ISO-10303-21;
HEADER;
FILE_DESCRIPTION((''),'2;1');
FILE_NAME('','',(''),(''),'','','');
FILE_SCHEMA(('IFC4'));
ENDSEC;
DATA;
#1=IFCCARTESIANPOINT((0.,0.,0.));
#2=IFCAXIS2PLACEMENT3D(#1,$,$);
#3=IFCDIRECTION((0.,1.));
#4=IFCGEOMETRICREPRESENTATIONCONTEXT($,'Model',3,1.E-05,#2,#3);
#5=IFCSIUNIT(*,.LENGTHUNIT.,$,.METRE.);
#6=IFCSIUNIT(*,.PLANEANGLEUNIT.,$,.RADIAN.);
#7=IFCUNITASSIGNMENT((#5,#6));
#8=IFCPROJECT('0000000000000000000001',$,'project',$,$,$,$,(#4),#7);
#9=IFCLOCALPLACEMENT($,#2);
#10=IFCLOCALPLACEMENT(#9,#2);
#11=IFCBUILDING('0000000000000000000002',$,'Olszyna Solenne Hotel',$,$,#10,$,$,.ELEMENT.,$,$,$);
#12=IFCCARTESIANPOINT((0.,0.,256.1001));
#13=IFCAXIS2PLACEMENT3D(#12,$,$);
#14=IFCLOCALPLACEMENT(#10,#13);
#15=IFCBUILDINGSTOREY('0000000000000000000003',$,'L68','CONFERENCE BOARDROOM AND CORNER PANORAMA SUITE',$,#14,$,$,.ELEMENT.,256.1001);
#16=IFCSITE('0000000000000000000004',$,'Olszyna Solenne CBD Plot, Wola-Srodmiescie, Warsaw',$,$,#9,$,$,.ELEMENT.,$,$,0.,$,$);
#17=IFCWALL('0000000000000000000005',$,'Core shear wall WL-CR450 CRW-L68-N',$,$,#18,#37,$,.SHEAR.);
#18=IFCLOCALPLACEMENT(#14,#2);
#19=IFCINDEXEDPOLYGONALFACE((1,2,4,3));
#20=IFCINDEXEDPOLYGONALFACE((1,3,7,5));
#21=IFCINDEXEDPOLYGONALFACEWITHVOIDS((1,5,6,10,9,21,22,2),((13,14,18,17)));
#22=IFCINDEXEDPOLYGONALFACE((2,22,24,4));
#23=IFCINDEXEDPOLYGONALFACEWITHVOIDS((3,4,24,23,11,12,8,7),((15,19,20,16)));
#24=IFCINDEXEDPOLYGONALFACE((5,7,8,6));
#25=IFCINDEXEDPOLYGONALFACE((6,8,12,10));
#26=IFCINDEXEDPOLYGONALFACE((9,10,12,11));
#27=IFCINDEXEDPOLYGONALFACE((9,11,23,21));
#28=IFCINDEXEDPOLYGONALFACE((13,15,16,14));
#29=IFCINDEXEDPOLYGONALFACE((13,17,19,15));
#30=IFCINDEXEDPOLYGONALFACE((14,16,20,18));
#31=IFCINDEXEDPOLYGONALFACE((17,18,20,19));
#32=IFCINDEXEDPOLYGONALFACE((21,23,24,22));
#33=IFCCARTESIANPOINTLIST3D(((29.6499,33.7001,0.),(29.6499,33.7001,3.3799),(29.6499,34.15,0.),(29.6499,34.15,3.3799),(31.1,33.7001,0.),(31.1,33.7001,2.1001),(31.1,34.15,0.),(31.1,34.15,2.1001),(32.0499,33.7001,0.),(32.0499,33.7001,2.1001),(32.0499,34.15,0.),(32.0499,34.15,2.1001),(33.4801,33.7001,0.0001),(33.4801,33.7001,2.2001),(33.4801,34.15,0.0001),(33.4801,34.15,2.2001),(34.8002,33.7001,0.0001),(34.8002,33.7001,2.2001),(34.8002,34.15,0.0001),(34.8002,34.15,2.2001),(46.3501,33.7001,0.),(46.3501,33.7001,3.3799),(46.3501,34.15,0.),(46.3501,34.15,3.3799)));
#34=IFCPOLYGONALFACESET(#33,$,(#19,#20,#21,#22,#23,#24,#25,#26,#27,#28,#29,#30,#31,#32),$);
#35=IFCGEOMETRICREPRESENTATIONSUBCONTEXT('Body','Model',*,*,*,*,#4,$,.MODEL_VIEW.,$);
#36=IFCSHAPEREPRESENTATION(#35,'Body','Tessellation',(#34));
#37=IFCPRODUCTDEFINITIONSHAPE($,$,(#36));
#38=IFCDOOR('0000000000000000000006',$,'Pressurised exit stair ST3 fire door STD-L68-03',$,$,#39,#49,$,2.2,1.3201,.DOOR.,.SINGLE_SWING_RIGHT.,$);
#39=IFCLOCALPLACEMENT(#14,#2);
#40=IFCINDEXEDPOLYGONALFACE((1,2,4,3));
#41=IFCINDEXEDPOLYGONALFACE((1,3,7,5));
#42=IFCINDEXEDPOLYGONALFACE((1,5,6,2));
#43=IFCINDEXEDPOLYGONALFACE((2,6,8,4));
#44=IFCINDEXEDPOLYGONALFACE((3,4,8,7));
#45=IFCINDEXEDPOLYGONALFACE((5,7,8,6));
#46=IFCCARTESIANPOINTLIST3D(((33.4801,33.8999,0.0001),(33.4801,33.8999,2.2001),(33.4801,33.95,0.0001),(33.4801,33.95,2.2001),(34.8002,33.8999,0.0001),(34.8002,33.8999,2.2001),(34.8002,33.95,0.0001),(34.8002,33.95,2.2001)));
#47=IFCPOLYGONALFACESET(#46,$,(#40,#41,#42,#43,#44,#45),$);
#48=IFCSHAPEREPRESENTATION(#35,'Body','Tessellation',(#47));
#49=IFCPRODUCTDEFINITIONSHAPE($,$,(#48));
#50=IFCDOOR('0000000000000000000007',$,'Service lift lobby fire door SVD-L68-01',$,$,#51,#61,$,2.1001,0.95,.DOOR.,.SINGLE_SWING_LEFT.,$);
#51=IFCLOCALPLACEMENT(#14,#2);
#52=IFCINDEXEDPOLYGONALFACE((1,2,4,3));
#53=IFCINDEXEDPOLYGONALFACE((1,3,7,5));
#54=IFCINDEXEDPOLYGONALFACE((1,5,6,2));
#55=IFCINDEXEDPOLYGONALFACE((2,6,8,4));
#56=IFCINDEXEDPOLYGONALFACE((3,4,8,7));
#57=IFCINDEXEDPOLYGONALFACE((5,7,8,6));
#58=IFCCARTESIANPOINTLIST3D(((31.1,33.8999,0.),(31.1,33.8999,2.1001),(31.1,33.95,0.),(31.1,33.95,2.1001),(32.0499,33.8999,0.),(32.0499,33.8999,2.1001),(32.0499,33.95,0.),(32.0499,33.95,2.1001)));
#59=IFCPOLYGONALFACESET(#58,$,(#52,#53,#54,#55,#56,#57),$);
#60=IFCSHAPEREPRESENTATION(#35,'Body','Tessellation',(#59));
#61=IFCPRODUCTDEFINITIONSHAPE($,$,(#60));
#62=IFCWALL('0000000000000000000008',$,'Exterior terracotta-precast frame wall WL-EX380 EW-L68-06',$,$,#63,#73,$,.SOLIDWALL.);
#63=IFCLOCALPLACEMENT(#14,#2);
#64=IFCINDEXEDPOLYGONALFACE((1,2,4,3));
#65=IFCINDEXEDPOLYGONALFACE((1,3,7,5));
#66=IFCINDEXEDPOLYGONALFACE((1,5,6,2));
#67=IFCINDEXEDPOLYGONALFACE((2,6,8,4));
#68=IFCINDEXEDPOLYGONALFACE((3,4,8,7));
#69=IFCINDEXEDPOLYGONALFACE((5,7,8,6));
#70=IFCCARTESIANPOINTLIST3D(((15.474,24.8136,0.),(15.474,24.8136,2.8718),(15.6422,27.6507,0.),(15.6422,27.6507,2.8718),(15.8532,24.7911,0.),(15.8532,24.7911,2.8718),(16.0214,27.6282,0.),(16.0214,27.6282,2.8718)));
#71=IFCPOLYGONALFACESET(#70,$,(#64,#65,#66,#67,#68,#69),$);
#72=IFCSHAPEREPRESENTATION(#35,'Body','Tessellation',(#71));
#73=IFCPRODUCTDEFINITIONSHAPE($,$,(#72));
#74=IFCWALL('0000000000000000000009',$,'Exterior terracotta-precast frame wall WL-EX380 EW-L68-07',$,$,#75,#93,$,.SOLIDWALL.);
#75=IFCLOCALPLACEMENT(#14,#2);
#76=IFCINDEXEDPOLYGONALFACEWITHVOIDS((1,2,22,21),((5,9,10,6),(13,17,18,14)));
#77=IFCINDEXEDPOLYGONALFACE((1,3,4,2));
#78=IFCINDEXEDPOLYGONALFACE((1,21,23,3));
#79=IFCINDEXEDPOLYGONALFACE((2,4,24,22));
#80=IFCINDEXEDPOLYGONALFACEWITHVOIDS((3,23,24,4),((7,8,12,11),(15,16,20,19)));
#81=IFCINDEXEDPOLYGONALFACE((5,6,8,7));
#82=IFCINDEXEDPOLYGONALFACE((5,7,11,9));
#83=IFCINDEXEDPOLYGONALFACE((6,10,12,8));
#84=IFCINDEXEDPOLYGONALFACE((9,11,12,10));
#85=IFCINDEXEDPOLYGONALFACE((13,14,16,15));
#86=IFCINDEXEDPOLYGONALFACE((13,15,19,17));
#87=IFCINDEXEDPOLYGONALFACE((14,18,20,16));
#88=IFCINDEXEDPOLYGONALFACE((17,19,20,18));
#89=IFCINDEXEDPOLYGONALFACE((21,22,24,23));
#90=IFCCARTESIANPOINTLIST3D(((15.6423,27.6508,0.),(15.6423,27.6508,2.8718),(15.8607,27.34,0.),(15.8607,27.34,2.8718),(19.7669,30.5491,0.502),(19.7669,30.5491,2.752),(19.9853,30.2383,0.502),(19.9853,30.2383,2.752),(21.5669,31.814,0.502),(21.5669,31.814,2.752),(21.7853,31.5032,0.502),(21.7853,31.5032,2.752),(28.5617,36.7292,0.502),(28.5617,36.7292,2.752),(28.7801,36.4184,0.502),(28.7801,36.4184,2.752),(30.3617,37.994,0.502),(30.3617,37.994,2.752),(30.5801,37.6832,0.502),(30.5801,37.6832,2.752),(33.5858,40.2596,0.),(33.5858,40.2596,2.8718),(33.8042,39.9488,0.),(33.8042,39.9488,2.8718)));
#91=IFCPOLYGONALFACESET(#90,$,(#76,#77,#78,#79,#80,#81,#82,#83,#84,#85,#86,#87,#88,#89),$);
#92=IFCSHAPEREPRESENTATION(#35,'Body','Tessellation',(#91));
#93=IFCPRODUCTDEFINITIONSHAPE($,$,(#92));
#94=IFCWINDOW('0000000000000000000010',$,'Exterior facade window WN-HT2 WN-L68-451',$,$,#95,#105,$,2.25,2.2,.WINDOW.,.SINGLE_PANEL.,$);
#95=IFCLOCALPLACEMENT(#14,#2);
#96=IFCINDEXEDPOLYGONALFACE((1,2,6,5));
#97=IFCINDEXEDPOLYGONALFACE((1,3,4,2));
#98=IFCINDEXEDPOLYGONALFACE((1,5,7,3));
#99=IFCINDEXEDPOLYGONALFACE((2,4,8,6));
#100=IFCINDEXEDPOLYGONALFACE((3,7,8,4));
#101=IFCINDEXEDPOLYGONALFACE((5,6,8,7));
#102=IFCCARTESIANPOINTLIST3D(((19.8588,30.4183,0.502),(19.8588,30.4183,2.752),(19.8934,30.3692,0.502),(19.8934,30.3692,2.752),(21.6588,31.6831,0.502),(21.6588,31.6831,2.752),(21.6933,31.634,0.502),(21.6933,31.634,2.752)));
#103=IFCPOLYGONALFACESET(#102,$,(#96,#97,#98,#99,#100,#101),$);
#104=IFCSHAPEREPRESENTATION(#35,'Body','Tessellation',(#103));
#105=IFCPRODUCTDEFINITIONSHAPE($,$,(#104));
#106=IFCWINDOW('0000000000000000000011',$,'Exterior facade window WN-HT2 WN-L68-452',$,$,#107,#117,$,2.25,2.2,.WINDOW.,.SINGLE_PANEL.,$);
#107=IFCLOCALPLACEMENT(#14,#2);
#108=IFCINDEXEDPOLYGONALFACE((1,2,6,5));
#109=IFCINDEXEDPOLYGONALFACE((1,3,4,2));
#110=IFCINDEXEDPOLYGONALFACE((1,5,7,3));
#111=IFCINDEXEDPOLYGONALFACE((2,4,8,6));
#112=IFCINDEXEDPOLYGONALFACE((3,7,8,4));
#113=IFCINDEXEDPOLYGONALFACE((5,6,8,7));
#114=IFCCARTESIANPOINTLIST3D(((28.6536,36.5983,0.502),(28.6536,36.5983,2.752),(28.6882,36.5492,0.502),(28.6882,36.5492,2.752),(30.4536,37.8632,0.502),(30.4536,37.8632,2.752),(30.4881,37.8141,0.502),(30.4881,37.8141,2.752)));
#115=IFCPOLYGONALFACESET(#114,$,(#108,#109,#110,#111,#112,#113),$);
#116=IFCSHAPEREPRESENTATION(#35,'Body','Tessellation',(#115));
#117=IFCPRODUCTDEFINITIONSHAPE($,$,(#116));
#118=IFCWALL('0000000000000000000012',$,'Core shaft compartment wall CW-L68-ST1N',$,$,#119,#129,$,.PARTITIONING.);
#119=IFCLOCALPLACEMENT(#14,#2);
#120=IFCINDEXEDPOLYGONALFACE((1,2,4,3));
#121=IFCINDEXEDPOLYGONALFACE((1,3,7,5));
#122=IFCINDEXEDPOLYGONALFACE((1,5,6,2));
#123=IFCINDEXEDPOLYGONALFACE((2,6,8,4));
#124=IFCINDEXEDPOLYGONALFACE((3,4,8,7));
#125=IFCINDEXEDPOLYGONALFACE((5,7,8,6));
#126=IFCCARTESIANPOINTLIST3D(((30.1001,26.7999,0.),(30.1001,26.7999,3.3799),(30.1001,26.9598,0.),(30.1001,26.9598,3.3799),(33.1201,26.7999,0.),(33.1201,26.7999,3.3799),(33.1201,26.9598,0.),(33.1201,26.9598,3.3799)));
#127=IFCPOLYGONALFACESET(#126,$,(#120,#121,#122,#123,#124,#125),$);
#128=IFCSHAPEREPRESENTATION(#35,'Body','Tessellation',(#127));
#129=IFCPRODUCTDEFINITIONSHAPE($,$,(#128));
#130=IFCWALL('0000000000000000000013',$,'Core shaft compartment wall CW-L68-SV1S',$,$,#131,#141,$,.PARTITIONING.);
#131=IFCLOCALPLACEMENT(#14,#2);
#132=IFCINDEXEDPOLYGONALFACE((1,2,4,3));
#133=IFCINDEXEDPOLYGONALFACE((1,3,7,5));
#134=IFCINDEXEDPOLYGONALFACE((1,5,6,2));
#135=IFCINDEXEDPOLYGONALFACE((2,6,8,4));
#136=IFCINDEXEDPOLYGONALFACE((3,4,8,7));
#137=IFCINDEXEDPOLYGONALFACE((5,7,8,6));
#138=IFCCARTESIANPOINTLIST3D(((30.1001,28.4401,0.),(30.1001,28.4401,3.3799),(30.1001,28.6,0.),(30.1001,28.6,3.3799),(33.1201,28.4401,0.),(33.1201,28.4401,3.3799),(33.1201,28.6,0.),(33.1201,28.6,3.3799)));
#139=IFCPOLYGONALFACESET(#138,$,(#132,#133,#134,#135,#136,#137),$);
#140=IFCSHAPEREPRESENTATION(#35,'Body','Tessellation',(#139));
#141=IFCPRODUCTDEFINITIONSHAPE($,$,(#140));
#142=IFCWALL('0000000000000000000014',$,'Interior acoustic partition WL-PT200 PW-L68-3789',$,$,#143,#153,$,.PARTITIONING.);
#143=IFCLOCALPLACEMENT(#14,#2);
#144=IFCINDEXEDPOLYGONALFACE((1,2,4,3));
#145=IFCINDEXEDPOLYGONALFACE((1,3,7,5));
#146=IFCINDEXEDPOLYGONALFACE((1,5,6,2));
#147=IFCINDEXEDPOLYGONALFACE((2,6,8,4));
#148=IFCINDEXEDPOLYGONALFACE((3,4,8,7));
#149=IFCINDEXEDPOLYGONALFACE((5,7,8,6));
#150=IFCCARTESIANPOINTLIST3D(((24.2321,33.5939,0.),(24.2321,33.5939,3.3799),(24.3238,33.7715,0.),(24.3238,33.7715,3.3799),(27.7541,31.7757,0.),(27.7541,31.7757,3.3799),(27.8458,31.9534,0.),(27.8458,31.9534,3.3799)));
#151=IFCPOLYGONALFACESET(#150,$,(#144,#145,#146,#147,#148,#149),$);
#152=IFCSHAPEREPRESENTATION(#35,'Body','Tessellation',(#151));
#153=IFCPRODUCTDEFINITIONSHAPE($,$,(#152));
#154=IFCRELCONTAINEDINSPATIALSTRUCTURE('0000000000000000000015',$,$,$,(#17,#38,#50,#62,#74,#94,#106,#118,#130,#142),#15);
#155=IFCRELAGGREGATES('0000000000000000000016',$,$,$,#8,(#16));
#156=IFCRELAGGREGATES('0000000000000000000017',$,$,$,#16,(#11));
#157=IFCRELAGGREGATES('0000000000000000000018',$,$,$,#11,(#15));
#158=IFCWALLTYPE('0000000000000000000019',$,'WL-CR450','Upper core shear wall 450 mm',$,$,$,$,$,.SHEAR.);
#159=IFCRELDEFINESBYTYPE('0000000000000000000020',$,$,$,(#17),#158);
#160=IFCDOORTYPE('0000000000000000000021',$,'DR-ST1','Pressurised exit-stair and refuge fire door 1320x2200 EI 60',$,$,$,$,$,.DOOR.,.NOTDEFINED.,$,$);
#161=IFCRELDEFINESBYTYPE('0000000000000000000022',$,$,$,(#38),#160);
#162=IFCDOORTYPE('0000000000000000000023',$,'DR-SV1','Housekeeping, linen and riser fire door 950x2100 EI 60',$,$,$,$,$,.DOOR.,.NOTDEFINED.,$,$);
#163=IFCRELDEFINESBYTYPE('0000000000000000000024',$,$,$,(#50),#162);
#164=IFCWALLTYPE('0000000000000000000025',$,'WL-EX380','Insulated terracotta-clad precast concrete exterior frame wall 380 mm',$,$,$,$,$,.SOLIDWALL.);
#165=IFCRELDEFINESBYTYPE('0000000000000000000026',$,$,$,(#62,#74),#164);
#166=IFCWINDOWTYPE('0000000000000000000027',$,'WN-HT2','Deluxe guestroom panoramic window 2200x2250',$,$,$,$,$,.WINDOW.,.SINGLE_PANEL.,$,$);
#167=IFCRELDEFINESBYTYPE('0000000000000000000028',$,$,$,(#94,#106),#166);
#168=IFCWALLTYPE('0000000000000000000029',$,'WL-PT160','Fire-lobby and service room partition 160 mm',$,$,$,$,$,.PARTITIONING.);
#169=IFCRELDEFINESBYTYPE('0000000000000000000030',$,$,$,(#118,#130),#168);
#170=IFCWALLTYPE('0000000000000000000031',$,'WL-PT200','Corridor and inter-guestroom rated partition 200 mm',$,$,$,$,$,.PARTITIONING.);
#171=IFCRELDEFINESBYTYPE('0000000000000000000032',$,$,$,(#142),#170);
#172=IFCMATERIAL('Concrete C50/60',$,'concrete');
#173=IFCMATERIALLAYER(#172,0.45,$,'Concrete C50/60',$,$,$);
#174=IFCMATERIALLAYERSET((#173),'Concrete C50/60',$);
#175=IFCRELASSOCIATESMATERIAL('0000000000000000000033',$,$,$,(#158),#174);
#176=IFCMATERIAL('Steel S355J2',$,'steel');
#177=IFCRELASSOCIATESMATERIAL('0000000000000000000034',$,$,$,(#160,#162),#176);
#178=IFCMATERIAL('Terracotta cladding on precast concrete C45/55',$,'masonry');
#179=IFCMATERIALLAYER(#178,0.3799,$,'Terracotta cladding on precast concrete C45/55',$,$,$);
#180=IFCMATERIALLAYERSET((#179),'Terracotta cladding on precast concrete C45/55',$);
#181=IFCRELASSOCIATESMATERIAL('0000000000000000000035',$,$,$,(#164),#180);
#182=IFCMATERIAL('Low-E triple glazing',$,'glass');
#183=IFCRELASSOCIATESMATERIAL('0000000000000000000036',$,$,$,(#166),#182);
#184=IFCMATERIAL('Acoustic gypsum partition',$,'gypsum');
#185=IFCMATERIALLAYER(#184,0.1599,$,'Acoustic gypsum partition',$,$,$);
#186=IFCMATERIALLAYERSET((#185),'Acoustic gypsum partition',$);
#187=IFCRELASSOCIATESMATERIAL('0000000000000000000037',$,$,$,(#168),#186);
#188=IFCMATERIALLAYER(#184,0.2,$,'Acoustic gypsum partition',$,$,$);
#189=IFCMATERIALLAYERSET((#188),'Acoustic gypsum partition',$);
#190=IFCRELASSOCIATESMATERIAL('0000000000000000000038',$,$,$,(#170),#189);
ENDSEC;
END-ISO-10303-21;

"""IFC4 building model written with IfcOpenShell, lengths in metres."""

from ifc_helpers import new_model, si_unit, direction, frame, frame_2d, origin, place, context, subcontext, project, spatial, rectangle, extrude, source, transform, mapped, material, layer, layer_set, type_object, type_shapes, element, fill, save


model = new_model("IFC4")

# Units and contexts
model_context = context("Model", 3, precision=1e-05, world=origin(), true_north=direction((0.0, 1.0)))
body_context = subcontext(model_context, "Body", "Model", "MODEL_VIEW")
ifc_project = project(units=[si_unit("LENGTHUNIT", "METRE"), si_unit("PLANEANGLEUNIT", "RADIAN")], contexts=[model_context])

# Site, building, storey
site_placement = place(None, origin())
site = spatial("IfcSite", under=ifc_project, at=site_placement, Name="Olszyna Solenne CBD Plot, Wola-Srodmiescie, Warsaw", CompositionType="ELEMENT", RefElevation=0.0)
building_placement = place(site_placement, origin())
building = spatial("IfcBuilding", under=site, at=building_placement, Name="Olszyna Solenne Hotel", CompositionType="ELEMENT")
storey_placement = place(building_placement, frame((0.0, 0.0, 256.1001)))
storey = spatial("IfcBuildingStorey", under=building, at=storey_placement, Name="L68", Description="CONFERENCE BOARDROOM AND CORNER PANORAMA SUITE", CompositionType="ELEMENT", Elevation=256.1001)

# Shared definitions
ifc_material_1 = material(Name="Steel S355J2", Category="steel")

# Wall, openings, doors
ifc_material_2 = material(Name="Concrete C50/60", Category="concrete")
ifc_layer_1 = layer(ifc_material_2, 0.45, Name="Concrete C50/60")
ifc_layer_set_1 = layer_set([ifc_layer_1], Name="Concrete C50/60")
wall_type_1 = type_object("IfcWallType", Name="WL-CR450", Description="Upper core shear wall 450 mm", PredefinedType="SHEAR", material=ifc_layer_set_1)
wall_1_placement = place(storey_placement, frame((29.6499, 33.925, 0.0), z_axis=(0.0, 0.0, 1.0), x_axis=(1.0, 0.0, 0.0)))
wall_1 = element("IfcWall", 1, at=wall_1_placement, inside=storey, type_object=wall_type_1, Name="Core shear wall WL-CR450 CRW-L68-N", PredefinedType="SHEAR", context=body_context, shape_type="SweptSolid", body=[
    extrude(rectangle(XDim=16.7002, YDim=0.45, at=frame_2d((8.3501, 0.0))), origin(), (0.0, 0.0, 1.0), 3.3799),
])
opening_1_placement = place(wall_1_placement, frame((1.45, 0.0, 0.0)))
opening_1 = element("IfcOpeningElement", 2, at=opening_1_placement, cuts=wall_1, PredefinedType="OPENING", context=body_context, shape_type="SweptSolid", body=[
    extrude(rectangle(XDim=0.95, YDim=2.1001, at=frame_2d((0.4751, 1.05))), frame((0.0, 0.2349, 0.0), z_axis=(0.0, -1.0, 0.0), x_axis=(1.0, 0.0, 0.0)), (0.0, 0.0, 1.0), 0.47),
])
opening_2_placement = place(wall_1_placement, frame((3.8301, 0.0, 0.0)))
opening_2 = element("IfcOpeningElement", 3, at=opening_2_placement, cuts=wall_1, PredefinedType="OPENING", context=body_context, shape_type="SweptSolid", body=[
    extrude(rectangle(XDim=1.3201, YDim=2.2, at=frame_2d((0.6602, 1.1001))), frame((0.0, 0.2349, 0.0), z_axis=(0.0, -1.0, 0.0), x_axis=(1.0, 0.0, 0.0)), (0.0, 0.0, 1.0), 0.47),
])
door_type_1 = type_object("IfcDoorType", Name="DR-ST1", Description="Pressurised exit-stair and refuge fire door 1320x2200 EI 60", OperationType="NOTDEFINED", PredefinedType="DOOR", material=ifc_material_1)
shared_shape_1 = source(origin(), body_context, "Body", "SweptSolid", [
    extrude(rectangle(XDim=1.3201, YDim=2.2, at=frame_2d((0.6602, 1.1001))), frame((0.0, 0.0249, 0.0), z_axis=(0.0, -1.0, 0.0), x_axis=(1.0, 0.0, 0.0)), (0.0, 0.0, 1.0), 0.05),
])
type_shapes(door_type_1, [shared_shape_1])
door_1_placement = place(opening_2_placement, origin())
door_1 = element("IfcDoor", 4, at=door_1_placement, inside=storey, type_object=door_type_1, Name="Pressurised exit stair ST3 fire door STD-L68-03", OperationType="SINGLE_SWING_RIGHT", OverallHeight=2.2, OverallWidth=1.3201, PredefinedType="DOOR", context=body_context, shape_type="MappedRepresentation", body=[
    mapped(shared_shape_1, transform((0.0, 0.0, 0.0), x_axis=(1.0, 0.0, 0.0), y_axis=(0.0, 1.0, 0.0), z_axis=(0.0, 0.0, 1.0), scale=1.0)),
])
fill(opening_2, door_1)
door_type_2 = type_object("IfcDoorType", Name="DR-SV1", Description="Housekeeping, linen and riser fire door 950x2100 EI 60", OperationType="NOTDEFINED", PredefinedType="DOOR", material=ifc_material_1)
shared_shape_2 = source(origin(), body_context, "Body", "SweptSolid", [
    extrude(rectangle(XDim=0.95, YDim=2.1001, at=frame_2d((0.4751, 1.05))), frame((0.0, 0.0249, 0.0), z_axis=(0.0, -1.0, 0.0), x_axis=(1.0, 0.0, 0.0)), (0.0, 0.0, 1.0), 0.05),
])
type_shapes(door_type_2, [shared_shape_2])
door_2_placement = place(opening_1_placement, origin())
door_2 = element("IfcDoor", 5, at=door_2_placement, inside=storey, type_object=door_type_2, Name="Service lift lobby fire door SVD-L68-01", OperationType="SINGLE_SWING_LEFT", OverallHeight=2.1001, OverallWidth=0.95, PredefinedType="DOOR", context=body_context, shape_type="MappedRepresentation", body=[
    mapped(shared_shape_2, transform((0.0, 0.0, 0.0), x_axis=(1.0, 0.0, 0.0), y_axis=(0.0, 1.0, 0.0), z_axis=(0.0, 0.0, 1.0), scale=1.0)),
])
fill(opening_1, door_2)

# Wall
ifc_material_3 = material(Name="Terracotta cladding on precast concrete C45/55", Category="masonry")
ifc_layer_2 = layer(ifc_material_3, 0.3799, Name="Terracotta cladding on precast concrete C45/55")
ifc_layer_set_2 = layer_set([ifc_layer_2], Name="Terracotta cladding on precast concrete C45/55")
wall_type_2 = type_object("IfcWallType", Name="WL-EX380", Description="Insulated terracotta-clad precast concrete exterior frame wall 380 mm", PredefinedType="SOLIDWALL", material=ifc_layer_set_2)
wall_2_placement = place(storey_placement, frame((15.6636, 24.8025, 0.0), z_axis=(0.0, 0.0, 1.0), x_axis=(0.059185, 0.998247, 0.0)))
element("IfcWall", 6, at=wall_2_placement, inside=storey, type_object=wall_type_2, Name="Exterior terracotta-precast frame wall WL-EX380 EW-L68-06", PredefinedType="SOLIDWALL", context=body_context, shape_type="SweptSolid", body=[
    extrude(rectangle(XDim=2.842, YDim=0.3799, at=frame_2d((1.4209, 0.0))), origin(), (0.0, 0.0, 1.0), 2.8718),
])

# Wall, openings, windows
wall_3_placement = place(storey_placement, frame((15.7515, 27.4954, 0.0), z_axis=(0.0, 0.0, 1.0), x_axis=(0.818195, 0.574941, 0.0)))
wall_3 = element("IfcWall", 7, at=wall_3_placement, inside=storey, type_object=wall_type_2, Name="Exterior terracotta-precast frame wall WL-EX380 EW-L68-07", PredefinedType="SOLIDWALL", context=body_context, shape_type="SweptSolid", body=[
    extrude(rectangle(XDim=21.9307, YDim=0.3799, at=frame_2d((10.9653, 0.0))), origin(), (0.0, 0.0, 1.0), 2.8718),
])
opening_3_placement = place(wall_3_placement, frame((5.041, 0.0, 0.502)))
opening_3 = element("IfcOpeningElement", 8, at=opening_3_placement, cuts=wall_3, PredefinedType="OPENING", context=body_context, shape_type="SweptSolid", body=[
    extrude(rectangle(XDim=2.2, YDim=2.25, at=frame_2d((1.1001, 1.125))), frame((0.0, 0.2, 0.0), z_axis=(0.0, -1.0, 0.0), x_axis=(1.0, 0.0, 0.0)), (0.0, 0.0, 1.0), 0.3999),
])
opening_4_placement = place(wall_3_placement, frame((15.79, 0.0, 0.502)))
opening_4 = element("IfcOpeningElement", 9, at=opening_4_placement, cuts=wall_3, PredefinedType="OPENING", context=body_context, shape_type="SweptSolid", body=[
    extrude(rectangle(XDim=2.2, YDim=2.25, at=frame_2d((1.1001, 1.125))), frame((0.0, 0.2, 0.0), z_axis=(0.0, -1.0, 0.0), x_axis=(1.0, 0.0, 0.0)), (0.0, 0.0, 1.0), 0.3999),
])
ifc_material_4 = material(Name="Low-E triple glazing", Category="glass")
window_type = type_object("IfcWindowType", Name="WN-HT2", Description="Deluxe guestroom panoramic window 2200x2250", PartitioningType="SINGLE_PANEL", PredefinedType="WINDOW", material=ifc_material_4)
shared_shape_3 = source(origin(), body_context, "Body", "SweptSolid", [
    extrude(rectangle(XDim=2.2, YDim=2.25, at=frame_2d((1.1001, 1.125))), frame((0.0, 0.03, 0.0), z_axis=(0.0, -1.0, 0.0), x_axis=(1.0, 0.0, 0.0)), (0.0, 0.0, 1.0), 0.0601),
])
type_shapes(window_type, [shared_shape_3])
window_1_placement = place(opening_3_placement, origin())
window_1 = element("IfcWindow", 10, at=window_1_placement, inside=storey, type_object=window_type, Name="Exterior facade window WN-HT2 WN-L68-451", OverallHeight=2.25, OverallWidth=2.2, PartitioningType="SINGLE_PANEL", PredefinedType="WINDOW", context=body_context, shape_type="MappedRepresentation", body=[
    mapped(shared_shape_3, transform((0.0, 0.0, 0.0), x_axis=(1.0, 0.0, 0.0), y_axis=(0.0, 1.0, 0.0), z_axis=(0.0, 0.0, 1.0), scale=1.0)),
])
fill(opening_3, window_1)
window_2_placement = place(opening_4_placement, origin())
window_2 = element("IfcWindow", 11, at=window_2_placement, inside=storey, type_object=window_type, Name="Exterior facade window WN-HT2 WN-L68-452", OverallHeight=2.25, OverallWidth=2.2, PartitioningType="SINGLE_PANEL", PredefinedType="WINDOW", context=body_context, shape_type="MappedRepresentation", body=[
    mapped(shared_shape_3, transform((0.0, 0.0, 0.0), x_axis=(1.0, 0.0, 0.0), y_axis=(0.0, 1.0, 0.0), z_axis=(0.0, 0.0, 1.0), scale=1.0)),
])
fill(opening_4, window_2)

# Walls
ifc_material_5 = material(Name="Acoustic gypsum partition", Category="gypsum")
ifc_layer_3 = layer(ifc_material_5, 0.1599, Name="Acoustic gypsum partition")
ifc_layer_set_3 = layer_set([ifc_layer_3], Name="Acoustic gypsum partition")
wall_type_3 = type_object("IfcWallType", Name="WL-PT160", Description="Fire-lobby and service room partition 160 mm", PredefinedType="PARTITIONING", material=ifc_layer_set_3)
for number, where, z_axis, x_axis, name in (
    (12, (30.1001, 26.8799, 0.0), (0.0, 0.0, 1.0), (1.0, 0.0, 0.0), "Core shaft compartment wall CW-L68-ST1N"),
    (13, (30.1001, 28.52, 0.0), (0.0, 0.0, 1.0), (1.0, 0.0, 0.0), "Core shaft compartment wall CW-L68-SV1S"),
):
    element("IfcWall", number, at=place(storey_placement, frame(where, z_axis=z_axis, x_axis=x_axis)), inside=storey, type_object=wall_type_3, Name=name, PredefinedType="PARTITIONING", context=body_context, shape_type="SweptSolid", body=[
        extrude(rectangle(XDim=3.02, YDim=0.1599, at=frame_2d((1.51, 0.0))), origin(), (0.0, 0.0, 1.0), 3.3799),
    ])
ifc_layer_4 = layer(ifc_material_5, 0.2, Name="Acoustic gypsum partition")
ifc_layer_set_4 = layer_set([ifc_layer_4], Name="Acoustic gypsum partition")
wall_type_4 = type_object("IfcWallType", Name="WL-PT200", Description="Corridor and inter-guestroom rated partition 200 mm", PredefinedType="PARTITIONING", material=ifc_layer_set_4)
wall_4_placement = place(storey_placement, frame((27.8, 31.8645, 0.0), z_axis=(0.0, 0.0, 1.0), x_axis=(-0.888587, 0.458707, 0.0)))
element("IfcWall", 14, at=wall_4_placement, inside=storey, type_object=wall_type_4, Name="Interior acoustic partition WL-PT200 PW-L68-3789", PredefinedType="PARTITIONING", context=body_context, shape_type="SweptSolid", body=[
    extrude(rectangle(XDim=3.9636, YDim=0.2, at=frame_2d((1.9819, 0.0))), origin(), (0.0, 0.0, 1.0), 3.3799),
])

save(model, "model.ifc")
